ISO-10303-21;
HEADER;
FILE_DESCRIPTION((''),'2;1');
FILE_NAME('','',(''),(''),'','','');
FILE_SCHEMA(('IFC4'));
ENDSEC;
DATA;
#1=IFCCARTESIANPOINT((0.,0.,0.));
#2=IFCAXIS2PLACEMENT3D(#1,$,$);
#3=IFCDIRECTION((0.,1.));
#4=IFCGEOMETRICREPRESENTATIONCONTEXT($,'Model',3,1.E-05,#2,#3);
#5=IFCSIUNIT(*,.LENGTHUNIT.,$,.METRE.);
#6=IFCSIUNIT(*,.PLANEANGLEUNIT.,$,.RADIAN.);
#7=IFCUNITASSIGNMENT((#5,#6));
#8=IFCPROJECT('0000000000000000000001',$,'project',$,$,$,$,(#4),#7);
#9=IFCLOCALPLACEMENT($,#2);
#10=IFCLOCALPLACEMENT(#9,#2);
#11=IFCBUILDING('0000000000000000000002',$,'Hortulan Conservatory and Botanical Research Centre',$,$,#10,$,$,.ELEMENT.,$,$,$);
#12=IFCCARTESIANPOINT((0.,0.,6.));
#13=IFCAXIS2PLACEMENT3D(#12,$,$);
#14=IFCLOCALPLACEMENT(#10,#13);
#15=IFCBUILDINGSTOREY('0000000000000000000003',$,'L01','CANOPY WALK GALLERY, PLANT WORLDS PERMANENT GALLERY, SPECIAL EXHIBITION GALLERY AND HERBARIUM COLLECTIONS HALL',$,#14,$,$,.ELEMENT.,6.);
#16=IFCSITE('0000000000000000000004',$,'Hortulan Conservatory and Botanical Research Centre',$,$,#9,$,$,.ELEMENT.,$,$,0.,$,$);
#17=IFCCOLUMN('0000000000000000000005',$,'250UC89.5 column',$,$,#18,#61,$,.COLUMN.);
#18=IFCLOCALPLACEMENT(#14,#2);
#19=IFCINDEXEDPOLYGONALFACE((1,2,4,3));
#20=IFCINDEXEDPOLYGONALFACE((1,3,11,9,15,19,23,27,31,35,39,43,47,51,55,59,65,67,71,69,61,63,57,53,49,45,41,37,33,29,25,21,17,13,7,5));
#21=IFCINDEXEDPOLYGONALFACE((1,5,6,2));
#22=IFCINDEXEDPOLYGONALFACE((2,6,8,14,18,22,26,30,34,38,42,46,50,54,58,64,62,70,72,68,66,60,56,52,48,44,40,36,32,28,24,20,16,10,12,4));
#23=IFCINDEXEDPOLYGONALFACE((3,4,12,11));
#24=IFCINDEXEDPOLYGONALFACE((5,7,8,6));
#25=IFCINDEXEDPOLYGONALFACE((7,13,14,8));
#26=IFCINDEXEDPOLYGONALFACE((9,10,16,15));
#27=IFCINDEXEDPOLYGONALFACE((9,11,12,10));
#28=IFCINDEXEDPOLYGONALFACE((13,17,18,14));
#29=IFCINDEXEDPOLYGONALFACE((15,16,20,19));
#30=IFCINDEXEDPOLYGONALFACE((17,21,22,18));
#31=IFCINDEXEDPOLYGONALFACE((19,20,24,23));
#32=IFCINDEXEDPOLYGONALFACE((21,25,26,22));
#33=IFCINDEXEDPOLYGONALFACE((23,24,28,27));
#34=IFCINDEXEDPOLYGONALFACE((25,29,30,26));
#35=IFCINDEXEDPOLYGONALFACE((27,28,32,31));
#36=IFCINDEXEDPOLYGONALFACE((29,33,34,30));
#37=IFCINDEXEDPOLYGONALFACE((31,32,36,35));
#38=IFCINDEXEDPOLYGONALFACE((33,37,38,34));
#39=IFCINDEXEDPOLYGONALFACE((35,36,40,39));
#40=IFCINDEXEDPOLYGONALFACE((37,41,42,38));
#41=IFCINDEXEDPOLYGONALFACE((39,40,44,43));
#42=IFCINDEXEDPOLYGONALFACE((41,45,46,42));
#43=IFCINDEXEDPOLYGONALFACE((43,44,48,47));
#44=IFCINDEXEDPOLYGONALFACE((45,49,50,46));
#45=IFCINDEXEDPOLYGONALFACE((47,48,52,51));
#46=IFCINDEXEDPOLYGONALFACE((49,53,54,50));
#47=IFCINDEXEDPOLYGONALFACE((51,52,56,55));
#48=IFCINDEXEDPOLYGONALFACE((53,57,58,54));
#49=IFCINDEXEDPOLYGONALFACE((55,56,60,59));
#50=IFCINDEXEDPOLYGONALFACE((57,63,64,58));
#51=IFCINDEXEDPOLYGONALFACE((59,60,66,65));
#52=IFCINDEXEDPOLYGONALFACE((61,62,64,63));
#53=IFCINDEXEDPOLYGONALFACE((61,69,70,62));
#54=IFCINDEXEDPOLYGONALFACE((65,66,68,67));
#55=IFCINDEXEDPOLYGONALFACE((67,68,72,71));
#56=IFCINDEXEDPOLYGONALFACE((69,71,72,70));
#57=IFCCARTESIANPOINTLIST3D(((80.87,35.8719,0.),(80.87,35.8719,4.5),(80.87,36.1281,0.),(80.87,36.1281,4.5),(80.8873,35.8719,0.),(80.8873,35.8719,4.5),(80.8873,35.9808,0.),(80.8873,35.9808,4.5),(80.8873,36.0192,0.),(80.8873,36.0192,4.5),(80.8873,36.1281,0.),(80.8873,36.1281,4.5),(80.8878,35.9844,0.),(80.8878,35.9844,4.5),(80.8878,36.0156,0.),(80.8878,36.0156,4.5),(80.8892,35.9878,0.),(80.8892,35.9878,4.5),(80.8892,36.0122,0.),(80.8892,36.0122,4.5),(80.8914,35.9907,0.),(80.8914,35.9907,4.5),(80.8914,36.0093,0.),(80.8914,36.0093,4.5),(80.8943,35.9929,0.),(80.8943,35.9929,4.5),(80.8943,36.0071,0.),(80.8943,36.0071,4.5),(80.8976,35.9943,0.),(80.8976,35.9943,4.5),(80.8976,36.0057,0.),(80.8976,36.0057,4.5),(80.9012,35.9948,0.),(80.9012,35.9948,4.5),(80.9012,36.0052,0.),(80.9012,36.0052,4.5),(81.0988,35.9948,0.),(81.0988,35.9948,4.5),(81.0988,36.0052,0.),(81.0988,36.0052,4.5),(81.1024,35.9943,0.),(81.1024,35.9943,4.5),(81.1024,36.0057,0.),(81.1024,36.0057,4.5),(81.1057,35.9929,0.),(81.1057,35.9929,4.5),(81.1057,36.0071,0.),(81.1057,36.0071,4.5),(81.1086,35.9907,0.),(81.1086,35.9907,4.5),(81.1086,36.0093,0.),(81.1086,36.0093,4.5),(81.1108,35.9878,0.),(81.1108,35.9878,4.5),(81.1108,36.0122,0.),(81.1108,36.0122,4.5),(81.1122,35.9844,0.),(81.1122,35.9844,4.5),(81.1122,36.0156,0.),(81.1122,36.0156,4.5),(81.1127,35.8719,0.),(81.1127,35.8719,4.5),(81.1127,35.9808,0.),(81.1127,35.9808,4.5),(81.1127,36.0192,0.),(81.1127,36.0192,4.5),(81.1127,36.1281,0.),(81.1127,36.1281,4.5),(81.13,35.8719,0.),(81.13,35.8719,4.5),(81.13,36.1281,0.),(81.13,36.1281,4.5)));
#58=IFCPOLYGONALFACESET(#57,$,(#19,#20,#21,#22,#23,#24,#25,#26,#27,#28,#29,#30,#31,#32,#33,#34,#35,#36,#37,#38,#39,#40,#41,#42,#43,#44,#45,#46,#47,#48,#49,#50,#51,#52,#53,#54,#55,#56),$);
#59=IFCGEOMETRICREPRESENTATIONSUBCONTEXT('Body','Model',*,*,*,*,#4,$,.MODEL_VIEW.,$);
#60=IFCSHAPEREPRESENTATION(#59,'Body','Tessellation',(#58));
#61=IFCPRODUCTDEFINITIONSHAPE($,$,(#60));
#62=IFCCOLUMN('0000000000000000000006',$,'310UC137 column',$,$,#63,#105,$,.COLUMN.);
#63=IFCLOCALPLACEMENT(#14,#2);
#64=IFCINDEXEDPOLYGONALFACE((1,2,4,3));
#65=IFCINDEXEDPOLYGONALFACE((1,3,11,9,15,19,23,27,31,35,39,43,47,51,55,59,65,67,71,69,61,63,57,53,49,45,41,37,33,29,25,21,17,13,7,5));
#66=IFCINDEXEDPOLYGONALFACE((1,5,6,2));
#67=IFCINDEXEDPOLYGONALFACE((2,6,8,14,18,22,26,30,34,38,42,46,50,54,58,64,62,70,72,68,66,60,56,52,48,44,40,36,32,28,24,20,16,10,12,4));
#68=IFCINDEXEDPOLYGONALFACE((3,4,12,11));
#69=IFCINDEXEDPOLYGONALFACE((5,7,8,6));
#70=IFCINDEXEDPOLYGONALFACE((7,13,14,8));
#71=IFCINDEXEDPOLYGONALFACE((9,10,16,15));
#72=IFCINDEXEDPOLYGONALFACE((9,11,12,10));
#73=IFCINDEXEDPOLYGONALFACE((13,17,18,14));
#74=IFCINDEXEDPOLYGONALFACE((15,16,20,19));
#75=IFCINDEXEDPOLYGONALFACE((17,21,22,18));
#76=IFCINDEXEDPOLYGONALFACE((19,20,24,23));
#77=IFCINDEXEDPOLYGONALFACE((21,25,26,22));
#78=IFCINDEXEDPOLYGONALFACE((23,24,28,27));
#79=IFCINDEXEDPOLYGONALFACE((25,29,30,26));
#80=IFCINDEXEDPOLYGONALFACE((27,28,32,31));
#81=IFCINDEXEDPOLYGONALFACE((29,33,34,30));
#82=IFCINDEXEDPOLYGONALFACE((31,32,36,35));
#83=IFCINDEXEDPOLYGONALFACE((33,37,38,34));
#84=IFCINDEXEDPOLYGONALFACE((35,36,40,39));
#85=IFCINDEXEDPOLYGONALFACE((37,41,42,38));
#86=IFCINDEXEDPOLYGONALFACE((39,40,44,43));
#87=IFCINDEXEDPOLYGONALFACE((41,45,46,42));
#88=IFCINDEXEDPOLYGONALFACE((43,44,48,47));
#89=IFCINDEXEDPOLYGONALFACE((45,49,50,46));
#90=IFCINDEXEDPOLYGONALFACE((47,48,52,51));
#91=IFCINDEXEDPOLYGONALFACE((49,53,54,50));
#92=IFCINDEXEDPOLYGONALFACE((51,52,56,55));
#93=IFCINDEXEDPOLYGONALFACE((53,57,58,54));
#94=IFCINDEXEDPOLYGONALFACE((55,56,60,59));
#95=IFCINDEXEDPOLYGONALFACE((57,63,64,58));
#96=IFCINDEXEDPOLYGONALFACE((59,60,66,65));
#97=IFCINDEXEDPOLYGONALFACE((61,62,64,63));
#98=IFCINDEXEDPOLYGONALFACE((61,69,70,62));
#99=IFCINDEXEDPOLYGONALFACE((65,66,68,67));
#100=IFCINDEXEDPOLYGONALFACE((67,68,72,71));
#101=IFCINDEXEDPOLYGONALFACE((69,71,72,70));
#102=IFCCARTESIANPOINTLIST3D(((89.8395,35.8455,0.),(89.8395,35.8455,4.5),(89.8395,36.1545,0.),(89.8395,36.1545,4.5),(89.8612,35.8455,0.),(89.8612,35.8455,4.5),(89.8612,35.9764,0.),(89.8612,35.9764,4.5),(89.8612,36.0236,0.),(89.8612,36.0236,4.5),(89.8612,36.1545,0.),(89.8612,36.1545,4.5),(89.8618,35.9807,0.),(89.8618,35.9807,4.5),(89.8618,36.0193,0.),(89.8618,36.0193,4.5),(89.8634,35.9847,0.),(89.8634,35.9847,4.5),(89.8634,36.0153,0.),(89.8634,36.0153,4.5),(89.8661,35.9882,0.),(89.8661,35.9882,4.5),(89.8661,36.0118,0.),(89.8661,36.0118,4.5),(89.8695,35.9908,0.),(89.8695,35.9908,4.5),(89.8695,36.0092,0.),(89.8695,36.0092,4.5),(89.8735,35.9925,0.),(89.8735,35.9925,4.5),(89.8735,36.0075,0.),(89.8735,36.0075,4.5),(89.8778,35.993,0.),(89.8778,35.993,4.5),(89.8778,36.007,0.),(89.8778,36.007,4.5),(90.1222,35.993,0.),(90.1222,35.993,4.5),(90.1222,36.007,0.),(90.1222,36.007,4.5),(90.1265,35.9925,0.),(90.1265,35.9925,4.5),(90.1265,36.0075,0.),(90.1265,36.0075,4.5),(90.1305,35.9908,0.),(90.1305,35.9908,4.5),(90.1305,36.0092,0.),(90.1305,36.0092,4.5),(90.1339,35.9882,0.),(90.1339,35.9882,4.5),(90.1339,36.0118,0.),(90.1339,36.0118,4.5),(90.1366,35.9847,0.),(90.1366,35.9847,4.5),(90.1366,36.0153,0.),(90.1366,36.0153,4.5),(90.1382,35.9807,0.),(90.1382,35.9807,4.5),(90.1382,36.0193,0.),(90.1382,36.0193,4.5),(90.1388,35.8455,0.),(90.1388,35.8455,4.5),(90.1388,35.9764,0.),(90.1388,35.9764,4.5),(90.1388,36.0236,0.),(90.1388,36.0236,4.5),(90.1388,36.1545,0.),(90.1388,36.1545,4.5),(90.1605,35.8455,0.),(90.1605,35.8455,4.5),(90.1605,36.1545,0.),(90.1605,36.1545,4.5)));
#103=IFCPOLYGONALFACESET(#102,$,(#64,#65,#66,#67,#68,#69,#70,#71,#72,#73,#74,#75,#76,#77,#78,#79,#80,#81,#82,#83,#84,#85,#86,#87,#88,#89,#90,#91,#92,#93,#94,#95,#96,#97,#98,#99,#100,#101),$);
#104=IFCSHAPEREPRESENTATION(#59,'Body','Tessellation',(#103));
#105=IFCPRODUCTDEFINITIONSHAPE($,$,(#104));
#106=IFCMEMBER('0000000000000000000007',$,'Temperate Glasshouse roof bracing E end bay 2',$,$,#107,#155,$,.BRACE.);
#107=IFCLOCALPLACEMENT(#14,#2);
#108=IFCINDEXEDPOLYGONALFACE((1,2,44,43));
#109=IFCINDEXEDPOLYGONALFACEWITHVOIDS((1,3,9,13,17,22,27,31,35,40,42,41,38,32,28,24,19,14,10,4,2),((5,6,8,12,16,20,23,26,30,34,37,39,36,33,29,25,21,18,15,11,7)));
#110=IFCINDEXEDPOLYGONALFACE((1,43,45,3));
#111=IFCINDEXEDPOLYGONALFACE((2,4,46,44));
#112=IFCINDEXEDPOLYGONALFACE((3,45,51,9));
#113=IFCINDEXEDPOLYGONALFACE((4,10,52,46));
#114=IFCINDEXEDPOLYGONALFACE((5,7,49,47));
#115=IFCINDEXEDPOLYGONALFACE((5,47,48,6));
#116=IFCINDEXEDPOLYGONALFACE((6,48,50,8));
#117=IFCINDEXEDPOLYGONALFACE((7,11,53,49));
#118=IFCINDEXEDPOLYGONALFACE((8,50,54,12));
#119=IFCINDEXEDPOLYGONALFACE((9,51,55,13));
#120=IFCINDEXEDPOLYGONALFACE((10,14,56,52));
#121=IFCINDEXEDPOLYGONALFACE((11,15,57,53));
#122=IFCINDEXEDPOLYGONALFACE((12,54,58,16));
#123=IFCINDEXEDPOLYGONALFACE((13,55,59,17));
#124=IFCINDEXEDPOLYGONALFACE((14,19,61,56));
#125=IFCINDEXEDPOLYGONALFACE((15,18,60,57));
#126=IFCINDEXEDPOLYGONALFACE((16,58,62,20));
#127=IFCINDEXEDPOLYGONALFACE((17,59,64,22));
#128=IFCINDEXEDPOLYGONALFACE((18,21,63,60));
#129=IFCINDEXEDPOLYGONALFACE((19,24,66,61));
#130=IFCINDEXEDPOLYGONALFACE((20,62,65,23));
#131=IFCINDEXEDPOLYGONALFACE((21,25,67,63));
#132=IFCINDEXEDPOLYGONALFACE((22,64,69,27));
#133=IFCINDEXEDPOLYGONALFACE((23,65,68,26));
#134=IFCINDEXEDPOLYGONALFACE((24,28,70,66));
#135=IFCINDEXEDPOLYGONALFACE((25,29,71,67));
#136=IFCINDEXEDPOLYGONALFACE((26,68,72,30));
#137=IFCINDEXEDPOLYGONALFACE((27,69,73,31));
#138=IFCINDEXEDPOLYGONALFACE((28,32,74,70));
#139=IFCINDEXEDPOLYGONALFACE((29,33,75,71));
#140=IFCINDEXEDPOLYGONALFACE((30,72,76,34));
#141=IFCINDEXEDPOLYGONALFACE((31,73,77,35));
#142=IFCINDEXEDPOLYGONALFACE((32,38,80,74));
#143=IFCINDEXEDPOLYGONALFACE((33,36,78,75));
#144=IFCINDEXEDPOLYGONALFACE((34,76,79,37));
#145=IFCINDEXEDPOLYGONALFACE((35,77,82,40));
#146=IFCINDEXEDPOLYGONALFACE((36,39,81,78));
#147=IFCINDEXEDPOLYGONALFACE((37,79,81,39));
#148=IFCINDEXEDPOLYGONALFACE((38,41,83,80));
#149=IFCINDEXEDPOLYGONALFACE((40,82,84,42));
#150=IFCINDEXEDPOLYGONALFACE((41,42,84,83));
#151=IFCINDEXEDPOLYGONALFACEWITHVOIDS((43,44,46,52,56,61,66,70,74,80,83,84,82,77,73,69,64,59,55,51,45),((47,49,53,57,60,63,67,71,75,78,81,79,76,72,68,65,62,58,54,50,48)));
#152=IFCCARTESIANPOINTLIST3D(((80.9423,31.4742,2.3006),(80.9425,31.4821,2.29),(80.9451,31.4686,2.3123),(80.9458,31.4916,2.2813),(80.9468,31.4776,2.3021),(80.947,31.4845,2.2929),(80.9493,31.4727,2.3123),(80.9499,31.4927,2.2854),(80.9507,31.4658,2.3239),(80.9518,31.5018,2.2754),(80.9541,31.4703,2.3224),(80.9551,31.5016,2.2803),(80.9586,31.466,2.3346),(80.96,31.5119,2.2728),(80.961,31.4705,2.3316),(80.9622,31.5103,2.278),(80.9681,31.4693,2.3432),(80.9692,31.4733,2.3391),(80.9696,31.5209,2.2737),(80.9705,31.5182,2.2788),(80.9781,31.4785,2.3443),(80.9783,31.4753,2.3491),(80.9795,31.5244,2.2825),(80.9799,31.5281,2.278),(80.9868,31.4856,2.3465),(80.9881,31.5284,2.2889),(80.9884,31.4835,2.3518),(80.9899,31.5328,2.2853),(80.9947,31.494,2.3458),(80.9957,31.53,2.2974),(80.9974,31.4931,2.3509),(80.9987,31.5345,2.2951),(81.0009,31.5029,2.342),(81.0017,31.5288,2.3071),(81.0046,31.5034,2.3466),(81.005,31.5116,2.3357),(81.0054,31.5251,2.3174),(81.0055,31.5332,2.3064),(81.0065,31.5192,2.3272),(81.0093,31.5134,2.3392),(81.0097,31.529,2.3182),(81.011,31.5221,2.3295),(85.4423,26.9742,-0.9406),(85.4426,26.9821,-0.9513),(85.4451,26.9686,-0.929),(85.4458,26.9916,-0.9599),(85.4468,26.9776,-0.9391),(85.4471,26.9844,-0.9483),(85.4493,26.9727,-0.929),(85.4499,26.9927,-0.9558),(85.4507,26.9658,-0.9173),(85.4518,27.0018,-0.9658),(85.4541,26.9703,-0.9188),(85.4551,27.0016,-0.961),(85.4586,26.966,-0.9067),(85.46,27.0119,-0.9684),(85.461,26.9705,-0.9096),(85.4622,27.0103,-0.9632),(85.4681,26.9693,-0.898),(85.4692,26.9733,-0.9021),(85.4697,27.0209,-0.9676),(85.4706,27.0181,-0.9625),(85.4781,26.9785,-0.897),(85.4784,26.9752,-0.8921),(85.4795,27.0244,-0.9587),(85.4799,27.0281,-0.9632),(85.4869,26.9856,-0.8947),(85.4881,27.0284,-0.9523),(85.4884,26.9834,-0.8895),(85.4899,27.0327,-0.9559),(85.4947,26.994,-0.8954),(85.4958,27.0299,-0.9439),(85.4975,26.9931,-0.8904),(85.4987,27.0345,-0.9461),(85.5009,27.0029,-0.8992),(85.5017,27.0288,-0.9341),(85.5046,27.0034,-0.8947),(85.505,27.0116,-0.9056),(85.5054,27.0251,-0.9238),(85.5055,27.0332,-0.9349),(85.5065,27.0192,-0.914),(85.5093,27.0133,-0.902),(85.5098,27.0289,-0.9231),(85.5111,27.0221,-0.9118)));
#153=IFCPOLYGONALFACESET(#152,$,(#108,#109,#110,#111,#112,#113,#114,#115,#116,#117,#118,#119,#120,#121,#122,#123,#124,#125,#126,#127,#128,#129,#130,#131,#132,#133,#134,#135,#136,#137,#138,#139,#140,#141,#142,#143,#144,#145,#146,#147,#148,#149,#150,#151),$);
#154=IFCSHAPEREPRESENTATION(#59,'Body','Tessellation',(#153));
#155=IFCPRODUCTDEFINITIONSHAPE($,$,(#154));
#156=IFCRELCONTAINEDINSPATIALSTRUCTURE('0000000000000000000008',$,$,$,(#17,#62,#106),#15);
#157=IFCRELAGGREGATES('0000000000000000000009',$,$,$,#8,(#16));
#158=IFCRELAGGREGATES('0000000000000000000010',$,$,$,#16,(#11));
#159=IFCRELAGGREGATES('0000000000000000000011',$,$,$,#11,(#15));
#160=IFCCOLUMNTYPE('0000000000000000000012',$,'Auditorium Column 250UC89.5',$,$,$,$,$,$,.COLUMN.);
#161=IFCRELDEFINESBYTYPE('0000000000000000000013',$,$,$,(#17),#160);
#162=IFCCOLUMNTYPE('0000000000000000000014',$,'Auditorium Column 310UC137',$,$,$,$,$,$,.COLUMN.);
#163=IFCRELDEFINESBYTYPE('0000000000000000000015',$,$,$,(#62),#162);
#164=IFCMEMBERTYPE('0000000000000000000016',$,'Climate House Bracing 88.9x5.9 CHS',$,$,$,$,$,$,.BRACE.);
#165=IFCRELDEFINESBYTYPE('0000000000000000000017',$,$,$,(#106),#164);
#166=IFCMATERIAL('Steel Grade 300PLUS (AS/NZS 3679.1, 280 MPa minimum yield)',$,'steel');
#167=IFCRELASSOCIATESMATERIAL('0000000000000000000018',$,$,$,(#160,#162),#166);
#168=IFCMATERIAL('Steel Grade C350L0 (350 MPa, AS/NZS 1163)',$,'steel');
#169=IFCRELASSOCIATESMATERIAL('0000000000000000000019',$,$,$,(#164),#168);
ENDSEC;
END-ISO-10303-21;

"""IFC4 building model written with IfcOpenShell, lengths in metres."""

from ifc_helpers import new_model, si_unit, direction, frame, origin, origin_2d, place, context, subcontext, project, spatial, hollow_circle, i_section, extrude, material, material_profile, profile_set, type_object, element, save


model = new_model("IFC4")

# Units and contexts
model_context = context("Model", 3, precision=1e-05, world=origin(), true_north=direction((0.0, 1.0)))
body_context = subcontext(model_context, "Body", "Model", "MODEL_VIEW")
ifc_project = project(units=[si_unit("LENGTHUNIT", "METRE"), si_unit("PLANEANGLEUNIT", "RADIAN")], contexts=[model_context])

# Site, building, storey
site_placement = place(None, origin())
site = spatial("IfcSite", under=ifc_project, at=site_placement, Name="Hortulan Conservatory and Botanical Research Centre", CompositionType="ELEMENT", RefElevation=0.0)
building_placement = place(site_placement, origin())
building = spatial("IfcBuilding", under=site, at=building_placement, Name="Hortulan Conservatory and Botanical Research Centre", CompositionType="ELEMENT")
storey_placement = place(building_placement, frame((0.0, 0.0, 6.0)))
storey = spatial("IfcBuildingStorey", under=building, at=storey_placement, Name="L01", Description="CANOPY WALK GALLERY, PLANT WORLDS PERMANENT GALLERY, SPECIAL EXHIBITION GALLERY AND HERBARIUM COLLECTIONS HALL", CompositionType="ELEMENT", Elevation=6.0)

# Columns
ifc_material_1 = material(Name="Steel Grade 300PLUS (AS/NZS 3679.1, 280 MPa minimum yield)", Category="steel")
ifc_material_profile_1 = material_profile(ifc_material_1, i_section(OverallWidth=0.2561, OverallDepth=0.26, WebThickness=0.0105, FlangeThickness=0.0173, FilletRadius=0.0139, at=origin_2d()), Name="250UC89.5")
ifc_profile_set_1 = profile_set([ifc_material_profile_1], Name="Steel Grade 300PLUS (AS/NZS 3679.1, 280 MPa minimum yield)")
column_type_1 = type_object("IfcColumnType", Name="Auditorium Column 250UC89.5", PredefinedType="COLUMN", material=ifc_profile_set_1)
column_1_placement = place(storey_placement, frame((81.0, 36.0, 0.0), z_axis=(0.0, 0.0, 1.0), x_axis=(0.0, 1.0, 0.0)))
element("IfcColumn", 1, at=column_1_placement, inside=storey, type_object=column_type_1, Name="250UC89.5 column", PredefinedType="COLUMN", context=body_context, shape_type="SweptSolid", body=[
    extrude(i_section(OverallWidth=0.2561, OverallDepth=0.26, WebThickness=0.0105, FlangeThickness=0.0173, FilletRadius=0.0139, at=origin_2d()), origin(), (0.0, 0.0, 1.0), 4.5),
])
ifc_material_profile_2 = material_profile(ifc_material_1, i_section(OverallWidth=0.3091, OverallDepth=0.321, WebThickness=0.0139, FlangeThickness=0.0217, FilletRadius=0.0166, at=origin_2d()), Name="310UC137")
ifc_profile_set_2 = profile_set([ifc_material_profile_2], Name="Steel Grade 300PLUS (AS/NZS 3679.1, 280 MPa minimum yield)")
column_type_2 = type_object("IfcColumnType", Name="Auditorium Column 310UC137", PredefinedType="COLUMN", material=ifc_profile_set_2)
column_2_placement = place(storey_placement, frame((90.0, 36.0, 0.0), z_axis=(0.0, 0.0, 1.0), x_axis=(0.0, 1.0, 0.0)))
element("IfcColumn", 2, at=column_2_placement, inside=storey, type_object=column_type_2, Name="310UC137 column", PredefinedType="COLUMN", context=body_context, shape_type="SweptSolid", body=[
    extrude(i_section(OverallWidth=0.3091, OverallDepth=0.321, WebThickness=0.0139, FlangeThickness=0.0217, FilletRadius=0.0166, at=origin_2d()), origin(), (0.0, 0.0, 1.0), 4.5),
])

# Member
ifc_material_2 = material(Name="Steel Grade C350L0 (350 MPa, AS/NZS 1163)", Category="steel")
ifc_material_profile_3 = material_profile(ifc_material_2, hollow_circle(Radius=0.0444, WallThickness=0.0059, at=origin_2d()), Name="88.9x5.9CHS")
ifc_profile_set_3 = profile_set([ifc_material_profile_3], Name="Steel Grade C350L0 (350 MPa, AS/NZS 1163)")
member_type_1 = type_object("IfcMemberType", Name="Climate House Bracing 88.9x5.9 CHS", PredefinedType="BRACE", material=ifc_profile_set_3)
for number, where, z_axis, x_axis, name in (
    (3, (85.4766, 27.0, -0.929), (-0.630092, 0.630092, 0.453836), (-0.707107, -0.707107, 0.0), "Temperate Glasshouse roof bracing E end bay 2"),
):
    element("IfcMember", number, at=place(storey_placement, frame(where, z_axis=z_axis, x_axis=x_axis)), inside=storey, type_object=member_type_1, Name=name, PredefinedType="BRACE", context=body_context, shape_type="SweptSolid", body=[
        extrude(hollow_circle(Radius=0.0444, WallThickness=0.0059, at=origin_2d()), origin(), (0.0, 0.0, 1.0), 7.1418),
    ])

save(model, "model.ifc")
